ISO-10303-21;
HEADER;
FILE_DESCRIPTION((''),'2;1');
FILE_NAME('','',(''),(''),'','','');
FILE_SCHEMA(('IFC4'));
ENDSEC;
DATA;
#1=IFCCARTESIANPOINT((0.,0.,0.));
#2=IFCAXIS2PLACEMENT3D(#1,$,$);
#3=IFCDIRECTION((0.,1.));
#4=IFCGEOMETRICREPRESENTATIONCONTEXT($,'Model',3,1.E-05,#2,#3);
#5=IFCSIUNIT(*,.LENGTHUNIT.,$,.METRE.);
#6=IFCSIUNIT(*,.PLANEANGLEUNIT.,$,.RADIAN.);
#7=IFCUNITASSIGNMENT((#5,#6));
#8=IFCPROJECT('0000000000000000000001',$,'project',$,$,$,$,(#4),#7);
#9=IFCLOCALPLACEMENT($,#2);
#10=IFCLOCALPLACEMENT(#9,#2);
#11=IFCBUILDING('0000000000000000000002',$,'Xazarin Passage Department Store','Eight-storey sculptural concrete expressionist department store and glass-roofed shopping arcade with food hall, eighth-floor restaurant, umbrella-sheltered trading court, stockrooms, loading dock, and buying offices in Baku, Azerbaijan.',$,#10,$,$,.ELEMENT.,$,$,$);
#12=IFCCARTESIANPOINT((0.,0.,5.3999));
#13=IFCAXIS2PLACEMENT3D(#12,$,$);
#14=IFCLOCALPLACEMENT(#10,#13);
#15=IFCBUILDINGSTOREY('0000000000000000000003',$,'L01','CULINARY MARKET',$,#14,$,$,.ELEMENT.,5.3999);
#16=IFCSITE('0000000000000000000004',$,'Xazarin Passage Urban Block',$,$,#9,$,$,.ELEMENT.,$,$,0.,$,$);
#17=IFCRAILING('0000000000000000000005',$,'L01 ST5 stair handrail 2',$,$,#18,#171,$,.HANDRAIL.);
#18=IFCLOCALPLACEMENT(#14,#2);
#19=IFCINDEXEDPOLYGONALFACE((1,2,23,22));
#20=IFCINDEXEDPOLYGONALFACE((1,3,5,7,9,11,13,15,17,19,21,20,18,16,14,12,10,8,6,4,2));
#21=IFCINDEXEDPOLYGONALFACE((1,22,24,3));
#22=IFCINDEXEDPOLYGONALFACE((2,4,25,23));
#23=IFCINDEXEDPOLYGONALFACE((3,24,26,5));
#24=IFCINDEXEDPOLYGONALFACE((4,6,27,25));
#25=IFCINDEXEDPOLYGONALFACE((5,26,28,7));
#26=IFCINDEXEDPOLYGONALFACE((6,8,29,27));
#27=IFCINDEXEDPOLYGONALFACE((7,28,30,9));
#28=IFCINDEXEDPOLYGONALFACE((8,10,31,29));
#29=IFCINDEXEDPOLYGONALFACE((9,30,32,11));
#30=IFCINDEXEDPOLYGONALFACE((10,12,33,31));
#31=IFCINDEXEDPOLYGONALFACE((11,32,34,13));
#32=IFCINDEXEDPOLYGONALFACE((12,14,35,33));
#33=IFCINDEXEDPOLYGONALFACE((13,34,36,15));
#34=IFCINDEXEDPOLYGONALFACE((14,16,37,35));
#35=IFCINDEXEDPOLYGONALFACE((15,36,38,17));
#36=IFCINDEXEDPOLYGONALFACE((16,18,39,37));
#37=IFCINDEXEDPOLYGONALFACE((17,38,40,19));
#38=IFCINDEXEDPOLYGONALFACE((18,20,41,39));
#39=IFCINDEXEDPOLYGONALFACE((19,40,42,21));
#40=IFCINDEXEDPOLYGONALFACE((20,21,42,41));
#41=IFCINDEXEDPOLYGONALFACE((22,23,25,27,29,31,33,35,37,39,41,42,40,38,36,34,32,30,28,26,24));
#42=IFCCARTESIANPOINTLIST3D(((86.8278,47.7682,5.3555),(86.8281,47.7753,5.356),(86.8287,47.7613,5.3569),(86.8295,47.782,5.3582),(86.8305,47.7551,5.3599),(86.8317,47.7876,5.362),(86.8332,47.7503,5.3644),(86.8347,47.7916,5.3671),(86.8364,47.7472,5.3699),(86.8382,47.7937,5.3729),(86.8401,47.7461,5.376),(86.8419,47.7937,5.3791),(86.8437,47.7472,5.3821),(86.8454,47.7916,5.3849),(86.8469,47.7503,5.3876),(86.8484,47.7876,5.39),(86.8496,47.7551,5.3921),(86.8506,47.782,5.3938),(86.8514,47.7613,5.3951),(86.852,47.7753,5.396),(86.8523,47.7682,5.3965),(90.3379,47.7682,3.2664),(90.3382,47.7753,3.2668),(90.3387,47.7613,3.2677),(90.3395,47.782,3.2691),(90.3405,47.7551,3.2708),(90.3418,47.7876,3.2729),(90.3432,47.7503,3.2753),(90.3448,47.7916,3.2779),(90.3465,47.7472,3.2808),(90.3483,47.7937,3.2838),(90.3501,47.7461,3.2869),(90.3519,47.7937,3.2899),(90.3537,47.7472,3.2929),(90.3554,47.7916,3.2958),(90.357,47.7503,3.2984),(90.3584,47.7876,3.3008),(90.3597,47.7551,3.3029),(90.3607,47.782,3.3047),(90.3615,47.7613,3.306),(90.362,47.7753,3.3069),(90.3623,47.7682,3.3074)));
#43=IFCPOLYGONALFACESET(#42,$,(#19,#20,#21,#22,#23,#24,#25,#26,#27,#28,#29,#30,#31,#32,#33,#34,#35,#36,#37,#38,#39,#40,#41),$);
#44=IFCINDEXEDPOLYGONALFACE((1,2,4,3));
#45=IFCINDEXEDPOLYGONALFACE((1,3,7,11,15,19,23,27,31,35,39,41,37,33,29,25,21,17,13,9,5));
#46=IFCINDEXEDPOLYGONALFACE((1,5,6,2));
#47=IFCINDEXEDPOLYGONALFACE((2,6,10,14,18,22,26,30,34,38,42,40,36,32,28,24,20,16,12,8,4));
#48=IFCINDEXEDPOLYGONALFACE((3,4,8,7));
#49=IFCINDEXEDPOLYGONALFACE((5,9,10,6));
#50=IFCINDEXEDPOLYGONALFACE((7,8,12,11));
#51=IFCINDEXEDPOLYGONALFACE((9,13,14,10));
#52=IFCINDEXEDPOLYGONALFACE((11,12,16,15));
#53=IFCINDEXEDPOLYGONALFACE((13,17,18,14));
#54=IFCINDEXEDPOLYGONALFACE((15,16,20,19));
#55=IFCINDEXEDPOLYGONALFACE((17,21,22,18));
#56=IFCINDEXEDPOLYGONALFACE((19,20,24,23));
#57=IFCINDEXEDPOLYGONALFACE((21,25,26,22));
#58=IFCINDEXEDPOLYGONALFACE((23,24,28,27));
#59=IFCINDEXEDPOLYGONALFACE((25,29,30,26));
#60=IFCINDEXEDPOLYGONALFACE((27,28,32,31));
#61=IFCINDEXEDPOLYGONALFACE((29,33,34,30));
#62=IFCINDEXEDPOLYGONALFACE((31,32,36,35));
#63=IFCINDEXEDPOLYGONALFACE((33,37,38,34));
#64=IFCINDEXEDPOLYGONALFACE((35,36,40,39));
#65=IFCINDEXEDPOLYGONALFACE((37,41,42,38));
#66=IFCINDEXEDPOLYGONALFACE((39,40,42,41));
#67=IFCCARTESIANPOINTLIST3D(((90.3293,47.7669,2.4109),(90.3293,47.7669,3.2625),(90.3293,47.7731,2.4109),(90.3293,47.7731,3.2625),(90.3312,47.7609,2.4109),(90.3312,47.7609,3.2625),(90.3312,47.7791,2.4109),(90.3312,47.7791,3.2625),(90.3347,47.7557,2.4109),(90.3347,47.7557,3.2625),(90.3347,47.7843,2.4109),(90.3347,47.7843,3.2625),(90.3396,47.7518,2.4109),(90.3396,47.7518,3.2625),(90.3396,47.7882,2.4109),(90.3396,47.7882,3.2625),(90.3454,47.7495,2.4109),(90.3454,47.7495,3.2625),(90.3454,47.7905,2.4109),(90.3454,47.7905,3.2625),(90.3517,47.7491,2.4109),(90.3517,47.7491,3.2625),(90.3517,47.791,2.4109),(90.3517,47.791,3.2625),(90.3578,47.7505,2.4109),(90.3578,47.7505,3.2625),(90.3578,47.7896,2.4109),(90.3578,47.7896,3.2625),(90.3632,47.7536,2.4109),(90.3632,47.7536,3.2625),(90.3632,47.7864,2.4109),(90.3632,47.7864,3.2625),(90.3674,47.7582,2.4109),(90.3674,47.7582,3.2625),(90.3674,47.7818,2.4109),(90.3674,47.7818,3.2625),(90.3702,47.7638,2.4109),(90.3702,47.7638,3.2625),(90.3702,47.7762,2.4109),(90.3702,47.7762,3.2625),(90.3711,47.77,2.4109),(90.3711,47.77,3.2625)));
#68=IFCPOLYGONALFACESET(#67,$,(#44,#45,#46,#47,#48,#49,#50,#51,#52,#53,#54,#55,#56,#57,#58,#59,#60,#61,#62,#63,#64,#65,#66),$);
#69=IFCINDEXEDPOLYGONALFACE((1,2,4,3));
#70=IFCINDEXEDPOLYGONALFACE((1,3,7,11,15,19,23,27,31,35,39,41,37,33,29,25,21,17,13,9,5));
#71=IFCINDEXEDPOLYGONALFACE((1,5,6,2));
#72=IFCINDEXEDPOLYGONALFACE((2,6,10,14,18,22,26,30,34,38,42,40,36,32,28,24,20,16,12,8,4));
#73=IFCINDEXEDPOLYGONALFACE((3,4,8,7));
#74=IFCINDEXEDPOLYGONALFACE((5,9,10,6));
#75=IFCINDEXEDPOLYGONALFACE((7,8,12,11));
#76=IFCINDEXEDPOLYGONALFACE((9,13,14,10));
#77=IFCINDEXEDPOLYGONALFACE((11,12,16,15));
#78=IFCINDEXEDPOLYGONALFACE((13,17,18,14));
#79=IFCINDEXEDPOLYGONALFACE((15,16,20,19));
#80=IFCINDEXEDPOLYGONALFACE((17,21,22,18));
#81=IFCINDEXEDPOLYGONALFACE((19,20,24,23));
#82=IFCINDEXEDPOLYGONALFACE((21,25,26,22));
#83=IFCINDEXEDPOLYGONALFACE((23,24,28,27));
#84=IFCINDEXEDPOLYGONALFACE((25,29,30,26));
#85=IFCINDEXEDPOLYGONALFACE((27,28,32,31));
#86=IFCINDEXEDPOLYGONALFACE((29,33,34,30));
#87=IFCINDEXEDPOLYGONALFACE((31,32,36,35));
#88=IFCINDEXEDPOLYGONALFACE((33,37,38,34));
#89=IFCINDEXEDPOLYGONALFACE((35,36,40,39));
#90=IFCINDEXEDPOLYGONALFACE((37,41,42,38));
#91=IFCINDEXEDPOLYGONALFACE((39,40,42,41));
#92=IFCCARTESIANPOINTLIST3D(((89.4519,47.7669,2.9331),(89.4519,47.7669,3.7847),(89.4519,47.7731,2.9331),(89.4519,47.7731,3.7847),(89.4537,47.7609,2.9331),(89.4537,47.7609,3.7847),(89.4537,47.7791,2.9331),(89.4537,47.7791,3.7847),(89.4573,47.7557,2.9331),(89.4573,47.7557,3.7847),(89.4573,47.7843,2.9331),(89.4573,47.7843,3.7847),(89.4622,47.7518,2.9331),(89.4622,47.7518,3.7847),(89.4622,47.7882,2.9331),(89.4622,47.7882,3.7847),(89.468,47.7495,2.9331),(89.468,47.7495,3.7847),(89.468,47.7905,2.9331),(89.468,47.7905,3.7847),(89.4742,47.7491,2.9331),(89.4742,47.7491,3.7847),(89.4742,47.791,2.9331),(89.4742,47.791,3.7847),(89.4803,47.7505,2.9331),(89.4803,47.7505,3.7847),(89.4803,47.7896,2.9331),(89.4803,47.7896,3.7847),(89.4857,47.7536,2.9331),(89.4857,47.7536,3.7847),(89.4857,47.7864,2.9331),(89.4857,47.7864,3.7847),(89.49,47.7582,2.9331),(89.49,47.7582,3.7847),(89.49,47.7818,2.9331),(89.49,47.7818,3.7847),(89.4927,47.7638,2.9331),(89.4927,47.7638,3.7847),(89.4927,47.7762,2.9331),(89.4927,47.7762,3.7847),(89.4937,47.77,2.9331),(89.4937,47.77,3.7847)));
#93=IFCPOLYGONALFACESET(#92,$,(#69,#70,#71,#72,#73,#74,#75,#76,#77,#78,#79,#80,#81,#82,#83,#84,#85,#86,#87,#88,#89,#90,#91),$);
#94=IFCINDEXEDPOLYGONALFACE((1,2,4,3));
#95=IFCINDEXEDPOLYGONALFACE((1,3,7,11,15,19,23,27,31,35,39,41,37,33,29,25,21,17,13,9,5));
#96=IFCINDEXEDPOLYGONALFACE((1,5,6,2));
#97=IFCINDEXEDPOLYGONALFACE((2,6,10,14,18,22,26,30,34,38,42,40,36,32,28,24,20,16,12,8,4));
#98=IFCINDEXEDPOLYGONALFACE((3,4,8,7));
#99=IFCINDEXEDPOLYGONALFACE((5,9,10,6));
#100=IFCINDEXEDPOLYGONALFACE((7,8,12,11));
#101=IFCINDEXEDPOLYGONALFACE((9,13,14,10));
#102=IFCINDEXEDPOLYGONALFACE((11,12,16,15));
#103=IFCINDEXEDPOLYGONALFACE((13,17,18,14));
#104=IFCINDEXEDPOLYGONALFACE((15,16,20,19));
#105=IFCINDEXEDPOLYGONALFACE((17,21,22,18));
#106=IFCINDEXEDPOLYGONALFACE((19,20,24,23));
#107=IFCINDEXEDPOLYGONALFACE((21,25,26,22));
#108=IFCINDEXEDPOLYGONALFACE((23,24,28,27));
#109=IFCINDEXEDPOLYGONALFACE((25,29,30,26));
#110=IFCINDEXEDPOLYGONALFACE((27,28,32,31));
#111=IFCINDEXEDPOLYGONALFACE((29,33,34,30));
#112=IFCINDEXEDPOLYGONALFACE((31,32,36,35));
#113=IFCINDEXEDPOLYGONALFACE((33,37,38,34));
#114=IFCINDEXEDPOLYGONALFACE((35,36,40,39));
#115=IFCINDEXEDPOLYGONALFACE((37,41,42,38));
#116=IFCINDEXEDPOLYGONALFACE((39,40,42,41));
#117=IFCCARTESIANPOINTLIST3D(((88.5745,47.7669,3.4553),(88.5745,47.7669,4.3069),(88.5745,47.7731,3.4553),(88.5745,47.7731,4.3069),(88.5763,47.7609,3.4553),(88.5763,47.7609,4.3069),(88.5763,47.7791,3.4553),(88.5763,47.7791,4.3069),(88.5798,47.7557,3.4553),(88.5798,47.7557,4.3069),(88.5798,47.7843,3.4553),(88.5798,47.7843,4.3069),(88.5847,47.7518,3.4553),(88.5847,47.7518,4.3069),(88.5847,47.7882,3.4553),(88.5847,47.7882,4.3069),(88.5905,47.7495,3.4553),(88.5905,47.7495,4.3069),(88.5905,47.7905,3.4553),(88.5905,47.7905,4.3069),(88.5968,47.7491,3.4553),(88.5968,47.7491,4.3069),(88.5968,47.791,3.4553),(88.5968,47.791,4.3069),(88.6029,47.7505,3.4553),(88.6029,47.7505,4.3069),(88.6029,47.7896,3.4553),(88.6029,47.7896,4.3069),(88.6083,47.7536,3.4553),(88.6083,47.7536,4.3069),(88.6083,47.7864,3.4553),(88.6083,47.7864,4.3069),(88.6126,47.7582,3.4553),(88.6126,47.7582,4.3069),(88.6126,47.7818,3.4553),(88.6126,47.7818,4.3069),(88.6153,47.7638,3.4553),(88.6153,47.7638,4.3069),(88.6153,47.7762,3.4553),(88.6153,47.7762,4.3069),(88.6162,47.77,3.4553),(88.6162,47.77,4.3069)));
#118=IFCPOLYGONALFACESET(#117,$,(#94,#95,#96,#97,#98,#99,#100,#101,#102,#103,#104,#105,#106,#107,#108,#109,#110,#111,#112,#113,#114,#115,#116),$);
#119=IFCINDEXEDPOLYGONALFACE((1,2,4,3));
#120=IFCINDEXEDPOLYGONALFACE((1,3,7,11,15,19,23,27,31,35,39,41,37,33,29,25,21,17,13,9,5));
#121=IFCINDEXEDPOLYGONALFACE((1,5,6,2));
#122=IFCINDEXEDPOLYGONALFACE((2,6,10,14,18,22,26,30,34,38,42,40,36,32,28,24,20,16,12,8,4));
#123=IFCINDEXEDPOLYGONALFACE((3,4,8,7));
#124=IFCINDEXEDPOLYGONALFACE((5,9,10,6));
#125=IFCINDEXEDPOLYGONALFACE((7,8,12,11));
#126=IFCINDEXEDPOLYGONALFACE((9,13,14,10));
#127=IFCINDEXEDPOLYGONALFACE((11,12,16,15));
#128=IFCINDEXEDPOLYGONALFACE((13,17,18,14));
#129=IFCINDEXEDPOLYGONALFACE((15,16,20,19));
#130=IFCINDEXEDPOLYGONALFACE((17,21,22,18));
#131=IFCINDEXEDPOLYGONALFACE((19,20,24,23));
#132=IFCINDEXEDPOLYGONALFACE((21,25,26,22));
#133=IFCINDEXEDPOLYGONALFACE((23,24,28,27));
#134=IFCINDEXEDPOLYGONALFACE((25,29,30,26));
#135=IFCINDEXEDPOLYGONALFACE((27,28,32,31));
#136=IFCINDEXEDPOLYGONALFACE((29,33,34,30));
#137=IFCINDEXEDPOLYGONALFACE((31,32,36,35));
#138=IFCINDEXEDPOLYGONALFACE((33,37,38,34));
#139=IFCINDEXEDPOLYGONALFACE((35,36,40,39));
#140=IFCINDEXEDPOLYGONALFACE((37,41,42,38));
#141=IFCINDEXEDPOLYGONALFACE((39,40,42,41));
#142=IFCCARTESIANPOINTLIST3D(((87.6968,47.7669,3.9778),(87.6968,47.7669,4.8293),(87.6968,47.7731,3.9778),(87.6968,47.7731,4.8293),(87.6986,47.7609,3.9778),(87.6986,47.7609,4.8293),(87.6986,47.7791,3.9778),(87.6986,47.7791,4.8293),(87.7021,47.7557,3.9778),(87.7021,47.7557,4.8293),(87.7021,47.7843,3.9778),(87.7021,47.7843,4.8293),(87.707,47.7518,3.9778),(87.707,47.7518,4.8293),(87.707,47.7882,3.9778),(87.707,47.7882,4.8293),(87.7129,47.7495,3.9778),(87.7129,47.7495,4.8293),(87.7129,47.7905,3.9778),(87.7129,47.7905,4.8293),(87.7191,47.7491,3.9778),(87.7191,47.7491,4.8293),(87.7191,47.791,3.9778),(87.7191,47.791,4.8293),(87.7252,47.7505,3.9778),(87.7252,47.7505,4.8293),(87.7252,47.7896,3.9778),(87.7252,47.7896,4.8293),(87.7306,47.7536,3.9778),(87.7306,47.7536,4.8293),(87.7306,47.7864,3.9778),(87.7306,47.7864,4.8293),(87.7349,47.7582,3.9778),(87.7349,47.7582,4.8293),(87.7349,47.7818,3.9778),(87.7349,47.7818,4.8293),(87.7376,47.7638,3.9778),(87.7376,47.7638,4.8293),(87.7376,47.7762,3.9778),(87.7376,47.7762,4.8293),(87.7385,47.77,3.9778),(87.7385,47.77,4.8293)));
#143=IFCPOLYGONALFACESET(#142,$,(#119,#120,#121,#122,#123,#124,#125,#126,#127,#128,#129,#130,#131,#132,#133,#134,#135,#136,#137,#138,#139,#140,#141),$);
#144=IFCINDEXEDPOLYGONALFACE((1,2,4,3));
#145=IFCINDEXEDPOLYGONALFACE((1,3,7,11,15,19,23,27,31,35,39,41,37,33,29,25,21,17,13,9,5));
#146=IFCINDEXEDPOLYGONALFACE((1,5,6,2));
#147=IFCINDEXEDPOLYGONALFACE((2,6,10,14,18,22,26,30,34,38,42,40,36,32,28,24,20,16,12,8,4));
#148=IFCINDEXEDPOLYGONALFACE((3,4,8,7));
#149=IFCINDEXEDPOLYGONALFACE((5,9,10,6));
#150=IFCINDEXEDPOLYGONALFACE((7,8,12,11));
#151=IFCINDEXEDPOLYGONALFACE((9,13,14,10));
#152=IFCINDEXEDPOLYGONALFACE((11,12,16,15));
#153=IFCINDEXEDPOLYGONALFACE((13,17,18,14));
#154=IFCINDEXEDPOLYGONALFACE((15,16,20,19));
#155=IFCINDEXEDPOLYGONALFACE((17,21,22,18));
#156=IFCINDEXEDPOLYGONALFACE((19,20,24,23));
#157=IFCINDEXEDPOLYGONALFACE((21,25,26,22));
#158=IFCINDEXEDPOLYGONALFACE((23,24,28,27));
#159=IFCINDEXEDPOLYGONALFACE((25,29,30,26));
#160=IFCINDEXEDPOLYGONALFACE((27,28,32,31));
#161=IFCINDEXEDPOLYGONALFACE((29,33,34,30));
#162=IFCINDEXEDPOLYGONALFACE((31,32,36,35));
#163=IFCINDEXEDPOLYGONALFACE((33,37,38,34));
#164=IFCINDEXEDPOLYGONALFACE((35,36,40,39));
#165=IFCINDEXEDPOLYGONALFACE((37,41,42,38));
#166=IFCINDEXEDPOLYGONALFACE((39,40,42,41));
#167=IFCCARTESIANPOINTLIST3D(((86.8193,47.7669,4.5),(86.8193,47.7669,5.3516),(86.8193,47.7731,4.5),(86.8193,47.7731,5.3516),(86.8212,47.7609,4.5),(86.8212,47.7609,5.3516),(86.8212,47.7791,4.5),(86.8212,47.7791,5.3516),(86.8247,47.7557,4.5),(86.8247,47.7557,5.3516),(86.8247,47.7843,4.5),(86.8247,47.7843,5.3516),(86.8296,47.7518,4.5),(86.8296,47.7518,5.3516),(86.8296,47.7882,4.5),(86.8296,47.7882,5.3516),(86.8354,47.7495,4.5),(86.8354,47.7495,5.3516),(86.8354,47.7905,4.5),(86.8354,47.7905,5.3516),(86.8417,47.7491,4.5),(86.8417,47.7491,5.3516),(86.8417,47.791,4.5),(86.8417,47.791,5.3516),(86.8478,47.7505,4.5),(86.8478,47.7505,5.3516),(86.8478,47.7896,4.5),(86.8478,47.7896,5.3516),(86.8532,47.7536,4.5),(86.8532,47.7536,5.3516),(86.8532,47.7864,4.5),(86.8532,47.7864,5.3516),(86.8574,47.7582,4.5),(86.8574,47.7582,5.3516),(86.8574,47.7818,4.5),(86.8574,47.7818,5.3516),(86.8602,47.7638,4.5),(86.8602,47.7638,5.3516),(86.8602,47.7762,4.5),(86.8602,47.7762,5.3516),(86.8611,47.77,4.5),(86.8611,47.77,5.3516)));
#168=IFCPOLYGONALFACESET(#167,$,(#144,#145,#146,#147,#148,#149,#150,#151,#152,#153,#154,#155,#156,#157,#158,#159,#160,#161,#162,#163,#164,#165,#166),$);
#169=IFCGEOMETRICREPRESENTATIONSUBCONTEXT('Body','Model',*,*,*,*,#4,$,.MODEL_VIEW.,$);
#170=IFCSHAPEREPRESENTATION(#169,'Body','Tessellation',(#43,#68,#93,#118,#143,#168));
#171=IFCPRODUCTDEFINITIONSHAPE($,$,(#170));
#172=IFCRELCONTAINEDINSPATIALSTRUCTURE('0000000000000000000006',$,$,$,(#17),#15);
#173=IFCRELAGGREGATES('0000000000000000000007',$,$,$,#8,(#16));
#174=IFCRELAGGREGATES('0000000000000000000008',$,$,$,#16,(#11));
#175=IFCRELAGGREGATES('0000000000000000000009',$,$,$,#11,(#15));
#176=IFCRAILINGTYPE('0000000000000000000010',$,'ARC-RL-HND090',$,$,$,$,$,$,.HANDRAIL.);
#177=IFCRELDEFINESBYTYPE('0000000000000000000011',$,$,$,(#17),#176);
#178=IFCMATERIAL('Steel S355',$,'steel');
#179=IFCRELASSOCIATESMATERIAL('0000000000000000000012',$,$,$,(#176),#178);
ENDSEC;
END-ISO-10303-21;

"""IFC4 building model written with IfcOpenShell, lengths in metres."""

from ifc_helpers import new_model, si_unit, direction, frame, origin, origin_2d, place, context, subcontext, project, spatial, circle, extrude, material, type_object, element, save


model = new_model("IFC4")

# Units and contexts
model_context = context("Model", 3, precision=1e-05, world=origin(), true_north=direction((0.0, 1.0)))
body_context = subcontext(model_context, "Body", "Model", "MODEL_VIEW")
ifc_project = project(units=[si_unit("LENGTHUNIT", "METRE"), si_unit("PLANEANGLEUNIT", "RADIAN")], contexts=[model_context])

# Site, building, storey
site_placement = place(None, origin())
site = spatial("IfcSite", under=ifc_project, at=site_placement, Name="Xazarin Passage Urban Block", CompositionType="ELEMENT", RefElevation=0.0)
building_placement = place(site_placement, origin())
building = spatial("IfcBuilding", under=site, at=building_placement, Name="Xazarin Passage Department Store", Description="Eight-storey sculptural concrete expressionist department store and glass-roofed shopping arcade with food hall, eighth-floor restaurant, umbrella-sheltered trading court, stockrooms, loading dock, and buying offices in Baku, Azerbaijan.", CompositionType="ELEMENT")
storey_placement = place(building_placement, frame((0.0, 0.0, 5.3999)))
storey = spatial("IfcBuildingStorey", under=building, at=storey_placement, Name="L01", Description="CULINARY MARKET", CompositionType="ELEMENT", Elevation=5.3999)

# Shared definitions
ifc_material_1 = material(Name="Steel S355", Category="steel")

# Railing
railing_type_1 = type_object("IfcRailingType", Name="ARC-RL-HND090", PredefinedType="HANDRAIL", material=ifc_material_1)
railing_1_placement = place(storey_placement, frame((90.3501, 47.77, 2.4109)))
element("IfcRailing", 1, at=railing_1_placement, inside=storey, type_object=railing_type_1, Name="L01 ST5 stair handrail 2", PredefinedType="HANDRAIL", context=body_context, shape_type="SweptSolid", body=[
    extrude(circle(Radius=0.0239, at=origin_2d()), frame((0.0, 0.0, 0.876), z_axis=(-0.859312, 0.0, 0.511451), x_axis=(0.0, -1.0, 0.0)), (0.0, 0.0, 1.0), 4.0847),
    extrude(circle(Radius=0.021, at=origin_2d()), origin(), (0.0, 0.0, 1.0), 0.8516),
    extrude(circle(Radius=0.021, at=origin_2d()), frame((-0.8774, 0.0, 0.5222)), (0.0, 0.0, 1.0), 0.8516),
    extrude(circle(Radius=0.021, at=origin_2d()), frame((-1.7549, 0.0, 1.0444)), (0.0, 0.0, 1.0), 0.8516),
    extrude(circle(Radius=0.021, at=origin_2d()), frame((-2.6326, 0.0, 1.5669)), (0.0, 0.0, 1.0), 0.8516),
    extrude(circle(Radius=0.021, at=origin_2d()), frame((-3.51, 0.0, 2.0891)), (0.0, 0.0, 1.0), 0.8516),
])

save(model, "model.ifc")
